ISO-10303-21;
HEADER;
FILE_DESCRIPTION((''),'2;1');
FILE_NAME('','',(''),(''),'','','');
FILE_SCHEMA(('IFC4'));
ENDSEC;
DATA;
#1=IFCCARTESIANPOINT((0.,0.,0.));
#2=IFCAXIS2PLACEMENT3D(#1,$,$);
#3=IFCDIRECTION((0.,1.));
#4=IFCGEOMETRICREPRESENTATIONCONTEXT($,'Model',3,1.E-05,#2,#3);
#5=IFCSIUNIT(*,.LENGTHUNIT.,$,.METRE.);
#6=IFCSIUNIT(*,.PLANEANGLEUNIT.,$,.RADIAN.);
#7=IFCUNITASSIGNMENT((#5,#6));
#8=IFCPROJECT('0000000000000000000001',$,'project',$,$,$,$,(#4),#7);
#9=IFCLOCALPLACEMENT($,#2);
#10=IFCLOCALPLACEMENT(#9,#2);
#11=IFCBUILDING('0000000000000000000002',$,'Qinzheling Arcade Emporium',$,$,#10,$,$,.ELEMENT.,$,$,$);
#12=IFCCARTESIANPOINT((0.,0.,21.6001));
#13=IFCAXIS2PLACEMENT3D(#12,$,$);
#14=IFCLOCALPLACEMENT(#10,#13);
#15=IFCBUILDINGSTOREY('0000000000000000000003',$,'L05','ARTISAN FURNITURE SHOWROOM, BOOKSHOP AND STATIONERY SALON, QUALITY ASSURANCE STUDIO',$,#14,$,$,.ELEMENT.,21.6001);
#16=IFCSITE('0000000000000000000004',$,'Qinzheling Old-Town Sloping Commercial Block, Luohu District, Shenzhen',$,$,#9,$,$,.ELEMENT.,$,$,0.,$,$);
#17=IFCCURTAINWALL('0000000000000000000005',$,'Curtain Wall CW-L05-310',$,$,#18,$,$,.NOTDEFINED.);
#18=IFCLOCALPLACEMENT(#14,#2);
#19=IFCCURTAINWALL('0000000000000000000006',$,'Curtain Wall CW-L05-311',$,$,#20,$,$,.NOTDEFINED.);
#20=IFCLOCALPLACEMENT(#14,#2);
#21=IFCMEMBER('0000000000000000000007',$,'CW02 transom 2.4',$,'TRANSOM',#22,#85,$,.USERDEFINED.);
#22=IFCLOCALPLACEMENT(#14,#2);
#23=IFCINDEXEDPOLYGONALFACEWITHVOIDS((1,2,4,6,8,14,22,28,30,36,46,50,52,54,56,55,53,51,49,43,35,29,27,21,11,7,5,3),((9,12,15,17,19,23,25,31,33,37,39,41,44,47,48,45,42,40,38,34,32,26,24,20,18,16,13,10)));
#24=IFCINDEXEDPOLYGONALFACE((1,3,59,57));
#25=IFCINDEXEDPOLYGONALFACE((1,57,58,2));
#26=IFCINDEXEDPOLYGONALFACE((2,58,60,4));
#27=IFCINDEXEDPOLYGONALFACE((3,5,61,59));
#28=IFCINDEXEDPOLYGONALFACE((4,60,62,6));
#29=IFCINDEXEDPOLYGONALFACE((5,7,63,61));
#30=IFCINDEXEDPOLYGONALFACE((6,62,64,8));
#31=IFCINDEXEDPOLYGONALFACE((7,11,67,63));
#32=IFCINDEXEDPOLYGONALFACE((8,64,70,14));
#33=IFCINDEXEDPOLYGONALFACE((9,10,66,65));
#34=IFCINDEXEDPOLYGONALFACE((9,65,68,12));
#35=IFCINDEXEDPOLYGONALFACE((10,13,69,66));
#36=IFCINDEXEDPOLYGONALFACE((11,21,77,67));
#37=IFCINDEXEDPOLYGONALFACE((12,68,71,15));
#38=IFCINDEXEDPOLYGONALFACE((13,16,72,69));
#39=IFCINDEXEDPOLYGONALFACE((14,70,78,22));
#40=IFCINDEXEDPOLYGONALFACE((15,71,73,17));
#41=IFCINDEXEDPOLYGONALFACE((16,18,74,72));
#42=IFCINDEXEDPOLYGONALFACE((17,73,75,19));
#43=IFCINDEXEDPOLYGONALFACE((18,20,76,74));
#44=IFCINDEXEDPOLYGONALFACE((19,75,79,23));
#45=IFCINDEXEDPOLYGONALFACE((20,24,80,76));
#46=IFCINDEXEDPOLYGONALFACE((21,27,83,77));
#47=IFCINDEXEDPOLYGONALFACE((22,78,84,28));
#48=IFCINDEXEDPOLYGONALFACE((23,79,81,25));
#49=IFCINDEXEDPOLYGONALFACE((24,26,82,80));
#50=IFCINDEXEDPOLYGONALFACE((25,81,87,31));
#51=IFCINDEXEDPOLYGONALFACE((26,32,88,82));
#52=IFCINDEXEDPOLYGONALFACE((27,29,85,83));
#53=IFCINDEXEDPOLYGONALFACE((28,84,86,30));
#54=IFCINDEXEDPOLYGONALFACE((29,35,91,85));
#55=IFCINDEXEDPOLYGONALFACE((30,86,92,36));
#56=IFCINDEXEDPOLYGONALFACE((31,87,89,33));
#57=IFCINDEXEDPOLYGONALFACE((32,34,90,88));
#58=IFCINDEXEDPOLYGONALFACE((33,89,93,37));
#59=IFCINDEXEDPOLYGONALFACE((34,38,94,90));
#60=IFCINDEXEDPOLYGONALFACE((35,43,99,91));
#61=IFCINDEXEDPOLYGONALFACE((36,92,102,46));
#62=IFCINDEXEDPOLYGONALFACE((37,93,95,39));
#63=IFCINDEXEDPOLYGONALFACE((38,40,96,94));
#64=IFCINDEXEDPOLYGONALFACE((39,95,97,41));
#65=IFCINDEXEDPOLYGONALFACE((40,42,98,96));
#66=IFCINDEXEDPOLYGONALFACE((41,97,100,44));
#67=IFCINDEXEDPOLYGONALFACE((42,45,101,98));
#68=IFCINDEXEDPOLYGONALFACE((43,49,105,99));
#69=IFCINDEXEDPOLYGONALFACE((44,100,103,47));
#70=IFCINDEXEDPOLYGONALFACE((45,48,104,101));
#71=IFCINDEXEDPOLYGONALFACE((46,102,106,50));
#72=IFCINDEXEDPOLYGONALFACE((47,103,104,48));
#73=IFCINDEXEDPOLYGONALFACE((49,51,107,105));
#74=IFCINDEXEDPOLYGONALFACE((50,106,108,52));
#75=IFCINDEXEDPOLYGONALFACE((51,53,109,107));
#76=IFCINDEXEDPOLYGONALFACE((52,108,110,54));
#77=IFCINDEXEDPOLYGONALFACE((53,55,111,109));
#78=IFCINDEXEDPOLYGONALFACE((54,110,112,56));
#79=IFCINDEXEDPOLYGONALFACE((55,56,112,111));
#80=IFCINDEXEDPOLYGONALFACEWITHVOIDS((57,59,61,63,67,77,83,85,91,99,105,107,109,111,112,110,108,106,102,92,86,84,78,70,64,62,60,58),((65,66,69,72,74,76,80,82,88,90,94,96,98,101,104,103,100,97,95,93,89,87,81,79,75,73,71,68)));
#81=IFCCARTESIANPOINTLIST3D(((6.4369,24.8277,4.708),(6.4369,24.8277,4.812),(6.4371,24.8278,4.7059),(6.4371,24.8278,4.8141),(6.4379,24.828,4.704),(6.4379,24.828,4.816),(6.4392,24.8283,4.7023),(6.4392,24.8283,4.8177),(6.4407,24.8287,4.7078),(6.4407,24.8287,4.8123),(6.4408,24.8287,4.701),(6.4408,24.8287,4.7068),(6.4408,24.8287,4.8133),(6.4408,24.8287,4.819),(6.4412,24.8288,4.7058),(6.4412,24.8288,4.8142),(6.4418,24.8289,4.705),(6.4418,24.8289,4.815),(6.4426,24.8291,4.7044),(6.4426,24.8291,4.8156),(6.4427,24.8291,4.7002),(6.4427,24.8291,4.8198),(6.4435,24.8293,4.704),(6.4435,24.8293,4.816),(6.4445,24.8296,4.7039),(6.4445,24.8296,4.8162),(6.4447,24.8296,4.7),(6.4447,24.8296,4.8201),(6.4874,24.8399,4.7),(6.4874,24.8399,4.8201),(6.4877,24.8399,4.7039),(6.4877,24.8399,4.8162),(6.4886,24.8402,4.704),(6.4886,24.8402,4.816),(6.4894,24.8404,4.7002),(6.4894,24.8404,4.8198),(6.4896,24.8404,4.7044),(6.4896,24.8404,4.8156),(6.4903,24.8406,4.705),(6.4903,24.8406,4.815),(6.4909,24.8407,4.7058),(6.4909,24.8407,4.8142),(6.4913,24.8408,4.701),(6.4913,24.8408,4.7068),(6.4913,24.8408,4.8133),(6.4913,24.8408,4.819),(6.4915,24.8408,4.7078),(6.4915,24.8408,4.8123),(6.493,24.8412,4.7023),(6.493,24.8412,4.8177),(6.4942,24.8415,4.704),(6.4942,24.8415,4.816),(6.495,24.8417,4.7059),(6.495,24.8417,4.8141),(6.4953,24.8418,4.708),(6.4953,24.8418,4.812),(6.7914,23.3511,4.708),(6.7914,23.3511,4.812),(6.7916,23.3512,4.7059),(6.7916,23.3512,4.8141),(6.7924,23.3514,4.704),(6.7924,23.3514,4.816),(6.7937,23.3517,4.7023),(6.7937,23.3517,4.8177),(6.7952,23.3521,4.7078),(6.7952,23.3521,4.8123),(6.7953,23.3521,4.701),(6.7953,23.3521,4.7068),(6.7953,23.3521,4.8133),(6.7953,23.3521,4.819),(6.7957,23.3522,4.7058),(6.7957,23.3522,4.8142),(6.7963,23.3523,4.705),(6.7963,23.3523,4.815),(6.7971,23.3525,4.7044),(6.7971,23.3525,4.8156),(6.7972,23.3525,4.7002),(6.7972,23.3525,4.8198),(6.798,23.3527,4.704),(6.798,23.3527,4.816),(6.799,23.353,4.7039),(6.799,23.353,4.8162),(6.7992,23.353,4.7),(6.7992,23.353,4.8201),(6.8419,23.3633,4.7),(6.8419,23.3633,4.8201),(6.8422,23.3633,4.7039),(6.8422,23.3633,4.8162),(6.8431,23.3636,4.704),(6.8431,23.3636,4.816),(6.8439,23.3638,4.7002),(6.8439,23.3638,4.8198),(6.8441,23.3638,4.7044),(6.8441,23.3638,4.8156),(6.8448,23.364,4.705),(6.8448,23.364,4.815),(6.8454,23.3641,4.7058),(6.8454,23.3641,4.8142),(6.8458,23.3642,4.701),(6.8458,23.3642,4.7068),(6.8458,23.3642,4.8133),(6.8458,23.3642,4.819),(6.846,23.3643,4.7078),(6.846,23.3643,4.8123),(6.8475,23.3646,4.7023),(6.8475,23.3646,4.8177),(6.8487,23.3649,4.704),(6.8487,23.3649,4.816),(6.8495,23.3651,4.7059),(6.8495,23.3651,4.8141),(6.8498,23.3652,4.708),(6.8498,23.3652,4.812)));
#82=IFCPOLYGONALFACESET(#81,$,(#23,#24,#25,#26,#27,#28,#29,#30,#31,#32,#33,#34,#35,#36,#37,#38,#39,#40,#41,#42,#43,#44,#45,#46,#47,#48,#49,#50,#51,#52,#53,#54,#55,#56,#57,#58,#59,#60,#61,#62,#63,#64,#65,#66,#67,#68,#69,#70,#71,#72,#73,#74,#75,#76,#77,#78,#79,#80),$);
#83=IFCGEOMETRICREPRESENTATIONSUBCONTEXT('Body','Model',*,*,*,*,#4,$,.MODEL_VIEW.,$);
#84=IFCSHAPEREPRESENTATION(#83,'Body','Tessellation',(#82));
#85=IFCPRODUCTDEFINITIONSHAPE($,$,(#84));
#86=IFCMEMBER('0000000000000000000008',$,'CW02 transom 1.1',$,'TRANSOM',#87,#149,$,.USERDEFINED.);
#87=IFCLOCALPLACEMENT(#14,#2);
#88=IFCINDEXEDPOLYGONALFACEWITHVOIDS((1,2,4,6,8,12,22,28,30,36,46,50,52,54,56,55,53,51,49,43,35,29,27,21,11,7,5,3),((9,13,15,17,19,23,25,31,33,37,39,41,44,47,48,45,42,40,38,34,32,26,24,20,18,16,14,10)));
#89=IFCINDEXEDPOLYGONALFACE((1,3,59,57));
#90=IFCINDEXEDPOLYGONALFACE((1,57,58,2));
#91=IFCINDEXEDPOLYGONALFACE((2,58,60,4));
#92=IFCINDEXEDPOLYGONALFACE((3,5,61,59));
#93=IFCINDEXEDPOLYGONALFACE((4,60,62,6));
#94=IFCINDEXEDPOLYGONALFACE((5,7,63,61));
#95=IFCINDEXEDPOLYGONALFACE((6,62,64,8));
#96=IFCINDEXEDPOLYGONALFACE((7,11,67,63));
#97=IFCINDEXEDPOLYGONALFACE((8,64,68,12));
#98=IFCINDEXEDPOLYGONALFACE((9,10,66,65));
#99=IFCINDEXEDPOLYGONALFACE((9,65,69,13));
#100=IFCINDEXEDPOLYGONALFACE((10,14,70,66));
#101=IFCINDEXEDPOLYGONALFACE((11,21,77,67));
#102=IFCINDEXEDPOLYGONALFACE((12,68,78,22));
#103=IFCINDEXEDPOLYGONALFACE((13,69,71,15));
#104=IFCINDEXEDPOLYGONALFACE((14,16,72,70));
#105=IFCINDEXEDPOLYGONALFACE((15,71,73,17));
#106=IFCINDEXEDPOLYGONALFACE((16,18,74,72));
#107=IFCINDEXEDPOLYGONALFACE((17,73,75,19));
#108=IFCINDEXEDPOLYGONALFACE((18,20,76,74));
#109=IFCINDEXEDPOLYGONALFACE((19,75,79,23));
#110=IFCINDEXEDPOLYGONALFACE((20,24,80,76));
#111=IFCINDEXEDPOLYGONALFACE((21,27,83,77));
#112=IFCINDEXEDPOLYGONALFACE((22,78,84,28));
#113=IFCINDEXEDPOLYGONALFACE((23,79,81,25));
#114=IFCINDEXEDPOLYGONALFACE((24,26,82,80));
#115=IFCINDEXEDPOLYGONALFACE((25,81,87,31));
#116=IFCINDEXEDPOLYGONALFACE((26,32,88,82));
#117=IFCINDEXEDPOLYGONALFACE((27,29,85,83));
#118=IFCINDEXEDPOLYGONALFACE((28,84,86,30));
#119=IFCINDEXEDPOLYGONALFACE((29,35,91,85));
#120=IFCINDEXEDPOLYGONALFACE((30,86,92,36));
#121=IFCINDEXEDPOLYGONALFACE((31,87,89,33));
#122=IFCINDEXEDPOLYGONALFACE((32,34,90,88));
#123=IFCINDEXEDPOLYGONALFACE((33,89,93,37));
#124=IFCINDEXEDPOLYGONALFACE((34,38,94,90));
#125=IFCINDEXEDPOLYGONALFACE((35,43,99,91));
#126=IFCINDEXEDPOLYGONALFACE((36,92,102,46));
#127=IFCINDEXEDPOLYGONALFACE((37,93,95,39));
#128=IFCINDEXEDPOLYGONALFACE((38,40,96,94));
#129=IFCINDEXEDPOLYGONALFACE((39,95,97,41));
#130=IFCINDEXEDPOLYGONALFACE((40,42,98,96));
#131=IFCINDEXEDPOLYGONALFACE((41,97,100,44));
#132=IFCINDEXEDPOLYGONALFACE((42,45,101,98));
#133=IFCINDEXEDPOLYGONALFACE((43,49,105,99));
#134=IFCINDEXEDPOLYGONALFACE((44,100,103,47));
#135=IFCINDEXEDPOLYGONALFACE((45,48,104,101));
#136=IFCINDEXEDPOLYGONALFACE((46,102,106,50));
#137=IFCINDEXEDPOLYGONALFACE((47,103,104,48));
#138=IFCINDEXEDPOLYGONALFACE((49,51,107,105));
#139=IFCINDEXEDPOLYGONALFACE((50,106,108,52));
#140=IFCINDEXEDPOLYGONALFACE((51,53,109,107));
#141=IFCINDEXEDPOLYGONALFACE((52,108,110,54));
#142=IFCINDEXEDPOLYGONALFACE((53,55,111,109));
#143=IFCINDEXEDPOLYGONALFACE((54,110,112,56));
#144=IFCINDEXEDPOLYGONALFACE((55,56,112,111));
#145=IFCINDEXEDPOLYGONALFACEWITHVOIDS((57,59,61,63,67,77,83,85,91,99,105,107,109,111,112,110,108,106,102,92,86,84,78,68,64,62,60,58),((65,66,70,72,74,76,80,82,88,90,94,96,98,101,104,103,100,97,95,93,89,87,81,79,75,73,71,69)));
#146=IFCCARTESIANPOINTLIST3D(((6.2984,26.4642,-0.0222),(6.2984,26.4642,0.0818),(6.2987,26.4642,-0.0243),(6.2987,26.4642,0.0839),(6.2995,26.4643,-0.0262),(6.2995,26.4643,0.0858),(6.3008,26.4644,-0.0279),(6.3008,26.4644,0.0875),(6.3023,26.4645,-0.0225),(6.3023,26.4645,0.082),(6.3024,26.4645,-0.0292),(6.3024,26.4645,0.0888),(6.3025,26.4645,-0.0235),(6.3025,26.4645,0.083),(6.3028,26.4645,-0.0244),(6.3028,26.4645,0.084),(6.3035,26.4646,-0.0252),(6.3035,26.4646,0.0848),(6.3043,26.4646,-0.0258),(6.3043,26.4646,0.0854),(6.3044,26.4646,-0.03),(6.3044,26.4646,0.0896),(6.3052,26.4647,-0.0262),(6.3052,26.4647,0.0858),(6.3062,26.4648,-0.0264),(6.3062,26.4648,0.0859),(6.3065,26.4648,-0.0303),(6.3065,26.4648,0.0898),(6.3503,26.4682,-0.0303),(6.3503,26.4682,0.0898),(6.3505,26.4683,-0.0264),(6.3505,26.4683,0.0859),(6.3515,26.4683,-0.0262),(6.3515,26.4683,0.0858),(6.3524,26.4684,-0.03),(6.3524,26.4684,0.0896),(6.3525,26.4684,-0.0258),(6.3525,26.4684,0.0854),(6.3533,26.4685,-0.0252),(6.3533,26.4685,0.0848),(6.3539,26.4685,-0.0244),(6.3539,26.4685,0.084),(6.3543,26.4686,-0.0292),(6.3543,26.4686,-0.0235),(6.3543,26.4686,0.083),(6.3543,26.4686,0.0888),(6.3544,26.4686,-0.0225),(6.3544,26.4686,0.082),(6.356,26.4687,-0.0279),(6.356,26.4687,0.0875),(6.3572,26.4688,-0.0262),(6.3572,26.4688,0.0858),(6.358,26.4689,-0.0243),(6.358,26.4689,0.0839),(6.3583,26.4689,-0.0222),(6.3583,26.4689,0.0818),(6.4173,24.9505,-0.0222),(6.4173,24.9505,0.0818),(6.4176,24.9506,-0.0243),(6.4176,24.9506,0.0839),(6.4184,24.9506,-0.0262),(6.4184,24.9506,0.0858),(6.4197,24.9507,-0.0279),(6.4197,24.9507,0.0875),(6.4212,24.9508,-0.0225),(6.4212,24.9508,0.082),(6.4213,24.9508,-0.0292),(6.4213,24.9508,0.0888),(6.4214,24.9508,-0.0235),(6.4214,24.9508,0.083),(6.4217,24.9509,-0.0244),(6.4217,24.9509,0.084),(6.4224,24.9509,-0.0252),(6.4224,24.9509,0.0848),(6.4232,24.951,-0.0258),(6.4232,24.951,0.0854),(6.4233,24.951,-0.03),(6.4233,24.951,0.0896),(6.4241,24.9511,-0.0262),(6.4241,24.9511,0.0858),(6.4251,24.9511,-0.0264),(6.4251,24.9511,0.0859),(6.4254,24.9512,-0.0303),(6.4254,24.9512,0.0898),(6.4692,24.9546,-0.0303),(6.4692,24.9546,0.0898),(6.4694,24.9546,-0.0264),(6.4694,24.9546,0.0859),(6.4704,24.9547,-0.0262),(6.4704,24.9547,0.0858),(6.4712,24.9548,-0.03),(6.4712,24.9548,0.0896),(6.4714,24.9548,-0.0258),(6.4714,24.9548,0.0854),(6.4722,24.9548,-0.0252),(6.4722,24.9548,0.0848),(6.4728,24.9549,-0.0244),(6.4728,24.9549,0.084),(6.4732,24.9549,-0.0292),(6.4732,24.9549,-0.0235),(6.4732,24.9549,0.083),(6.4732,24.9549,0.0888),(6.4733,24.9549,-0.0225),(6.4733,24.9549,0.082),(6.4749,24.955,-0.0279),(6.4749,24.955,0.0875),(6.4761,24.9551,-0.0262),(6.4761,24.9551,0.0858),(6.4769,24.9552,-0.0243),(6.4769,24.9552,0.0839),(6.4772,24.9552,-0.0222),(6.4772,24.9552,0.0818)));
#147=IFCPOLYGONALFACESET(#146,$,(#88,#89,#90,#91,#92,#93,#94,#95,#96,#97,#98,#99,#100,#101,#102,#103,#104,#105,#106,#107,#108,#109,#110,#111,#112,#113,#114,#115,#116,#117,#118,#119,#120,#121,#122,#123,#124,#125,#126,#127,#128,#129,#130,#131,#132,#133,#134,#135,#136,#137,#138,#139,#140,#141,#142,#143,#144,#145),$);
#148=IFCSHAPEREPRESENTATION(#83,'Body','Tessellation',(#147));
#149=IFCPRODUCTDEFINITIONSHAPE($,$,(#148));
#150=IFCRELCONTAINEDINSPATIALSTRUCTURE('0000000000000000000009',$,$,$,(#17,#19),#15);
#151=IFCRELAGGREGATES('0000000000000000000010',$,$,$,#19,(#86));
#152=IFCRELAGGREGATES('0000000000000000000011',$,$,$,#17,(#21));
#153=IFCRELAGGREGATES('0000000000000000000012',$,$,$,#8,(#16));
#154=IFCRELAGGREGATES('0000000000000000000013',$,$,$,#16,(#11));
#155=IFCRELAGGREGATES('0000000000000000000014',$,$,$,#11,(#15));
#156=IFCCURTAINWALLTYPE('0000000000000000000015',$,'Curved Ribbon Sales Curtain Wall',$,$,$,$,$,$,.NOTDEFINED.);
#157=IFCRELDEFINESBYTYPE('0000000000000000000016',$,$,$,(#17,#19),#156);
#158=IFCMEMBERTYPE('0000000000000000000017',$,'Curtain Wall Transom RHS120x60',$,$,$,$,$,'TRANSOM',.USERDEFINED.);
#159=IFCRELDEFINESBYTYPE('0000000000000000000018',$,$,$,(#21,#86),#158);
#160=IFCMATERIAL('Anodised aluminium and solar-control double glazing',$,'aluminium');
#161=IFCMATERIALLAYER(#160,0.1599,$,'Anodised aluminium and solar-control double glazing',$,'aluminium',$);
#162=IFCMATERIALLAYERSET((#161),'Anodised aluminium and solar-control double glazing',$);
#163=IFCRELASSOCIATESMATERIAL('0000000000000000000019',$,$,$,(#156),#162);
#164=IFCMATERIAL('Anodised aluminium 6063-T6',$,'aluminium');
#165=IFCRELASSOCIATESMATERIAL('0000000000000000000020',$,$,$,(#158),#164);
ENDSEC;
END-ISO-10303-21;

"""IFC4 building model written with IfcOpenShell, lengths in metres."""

from ifc_helpers import new_model, si_unit, direction, frame, origin, origin_2d, place, context, subcontext, project, spatial, hollow_rectangle, extrude, material, layer, layer_set, material_profile, profile_set, type_object, element, aggregate, save


model = new_model("IFC4")

# Units and contexts
model_context = context("Model", 3, precision=1e-05, world=origin(), true_north=direction((0.0, 1.0)))
body_context = subcontext(model_context, "Body", "Model", "MODEL_VIEW")
ifc_project = project(units=[si_unit("LENGTHUNIT", "METRE"), si_unit("PLANEANGLEUNIT", "RADIAN")], contexts=[model_context])

# Site, building, storey
site_placement = place(None, origin())
site = spatial("IfcSite", under=ifc_project, at=site_placement, Name="Qinzheling Old-Town Sloping Commercial Block, Luohu District, Shenzhen", CompositionType="ELEMENT", RefElevation=0.0)
building_placement = place(site_placement, origin())
building = spatial("IfcBuilding", under=site, at=building_placement, Name="Qinzheling Arcade Emporium", CompositionType="ELEMENT")
storey_placement = place(building_placement, frame((0.0, 0.0, 21.6001)))
storey = spatial("IfcBuildingStorey", under=building, at=storey_placement, Name="L05", Description="ARTISAN FURNITURE SHOWROOM, BOOKSHOP AND STATIONERY SALON, QUALITY ASSURANCE STUDIO", CompositionType="ELEMENT", Elevation=21.6001)

# Curtain wall
ifc_material_1 = material(Name="Anodised aluminium and solar-control double glazing", Category="aluminium")
ifc_layer_1 = layer(ifc_material_1, 0.1599, Name="Anodised aluminium and solar-control double glazing", Category="aluminium")
ifc_layer_set_1 = layer_set([ifc_layer_1], Name="Anodised aluminium and solar-control double glazing")
curtain_wall_type = type_object("IfcCurtainWallType", Name="Curved Ribbon Sales Curtain Wall", PredefinedType="NOTDEFINED", material=ifc_layer_set_1)
ifc_material_2 = material(Name="Anodised aluminium 6063-T6", Category="aluminium")
curtain_wall_1_placement = place(storey_placement, origin())
curtain_wall_1 = element("IfcCurtainWall", 1, at=curtain_wall_1_placement, inside=storey, type_object=curtain_wall_type, Name="Curtain Wall CW-L05-310", PredefinedType="NOTDEFINED")

# Curtain wall
curtain_wall_2_placement = place(storey_placement, origin())
curtain_wall_2 = element("IfcCurtainWall", 2, at=curtain_wall_2_placement, inside=storey, type_object=curtain_wall_type, Name="Curtain Wall CW-L05-311", PredefinedType="NOTDEFINED")

# Members
ifc_material_profile_1 = material_profile(ifc_material_2, hollow_rectangle(XDim=0.0601, YDim=0.1201, WallThickness=0.0039, InnerFilletRadius=0.0039, OuterFilletRadius=0.0081, at=origin_2d()), Name="RHS 120x60x4", Category="aluminium")
ifc_profile_set_1 = profile_set([ifc_material_profile_1], Name="Anodised aluminium 6063-T6")
member_type_1 = type_object("IfcMemberType", Name="Curtain Wall Transom RHS120x60", ElementType="TRANSOM", PredefinedType="USERDEFINED", material=ifc_profile_set_1)
member_1_placement = place(storey_placement, frame((6.8206, 23.3582, 4.76), z_axis=(-0.233446, 0.97237, 0.0), x_axis=(-0.97237, -0.233446, 0.0)))
member_1 = element("IfcMember", 3, at=member_1_placement, type_object=member_type_1, Name="CW02 transom 2.4", ObjectType="TRANSOM", PredefinedType="USERDEFINED", context=body_context, shape_type="SweptSolid", body=[
    extrude(hollow_rectangle(XDim=0.0601, YDim=0.1201, WallThickness=0.0039, InnerFilletRadius=0.0039, OuterFilletRadius=0.0081, at=origin_2d()), origin(), (0.0, 0.0, 1.0), 1.5186),
])
member_2_placement = place(storey_placement, frame((6.4473, 24.9529, 0.0298), z_axis=(-0.078307, 0.996929, 0.0), x_axis=(-0.996929, -0.078307, 0.0)))
member_2 = element("IfcMember", 4, at=member_2_placement, type_object=member_type_1, Name="CW02 transom 1.1", ObjectType="TRANSOM", PredefinedType="USERDEFINED", context=body_context, shape_type="SweptSolid", body=[
    extrude(hollow_rectangle(XDim=0.0601, YDim=0.1201, WallThickness=0.0039, InnerFilletRadius=0.0039, OuterFilletRadius=0.0081, at=origin_2d()), origin(), (0.0, 0.0, 1.0), 1.5183),
])
aggregate(curtain_wall_2, [member_2])

aggregate(curtain_wall_1, [member_1])

save(model, "model.ifc")
